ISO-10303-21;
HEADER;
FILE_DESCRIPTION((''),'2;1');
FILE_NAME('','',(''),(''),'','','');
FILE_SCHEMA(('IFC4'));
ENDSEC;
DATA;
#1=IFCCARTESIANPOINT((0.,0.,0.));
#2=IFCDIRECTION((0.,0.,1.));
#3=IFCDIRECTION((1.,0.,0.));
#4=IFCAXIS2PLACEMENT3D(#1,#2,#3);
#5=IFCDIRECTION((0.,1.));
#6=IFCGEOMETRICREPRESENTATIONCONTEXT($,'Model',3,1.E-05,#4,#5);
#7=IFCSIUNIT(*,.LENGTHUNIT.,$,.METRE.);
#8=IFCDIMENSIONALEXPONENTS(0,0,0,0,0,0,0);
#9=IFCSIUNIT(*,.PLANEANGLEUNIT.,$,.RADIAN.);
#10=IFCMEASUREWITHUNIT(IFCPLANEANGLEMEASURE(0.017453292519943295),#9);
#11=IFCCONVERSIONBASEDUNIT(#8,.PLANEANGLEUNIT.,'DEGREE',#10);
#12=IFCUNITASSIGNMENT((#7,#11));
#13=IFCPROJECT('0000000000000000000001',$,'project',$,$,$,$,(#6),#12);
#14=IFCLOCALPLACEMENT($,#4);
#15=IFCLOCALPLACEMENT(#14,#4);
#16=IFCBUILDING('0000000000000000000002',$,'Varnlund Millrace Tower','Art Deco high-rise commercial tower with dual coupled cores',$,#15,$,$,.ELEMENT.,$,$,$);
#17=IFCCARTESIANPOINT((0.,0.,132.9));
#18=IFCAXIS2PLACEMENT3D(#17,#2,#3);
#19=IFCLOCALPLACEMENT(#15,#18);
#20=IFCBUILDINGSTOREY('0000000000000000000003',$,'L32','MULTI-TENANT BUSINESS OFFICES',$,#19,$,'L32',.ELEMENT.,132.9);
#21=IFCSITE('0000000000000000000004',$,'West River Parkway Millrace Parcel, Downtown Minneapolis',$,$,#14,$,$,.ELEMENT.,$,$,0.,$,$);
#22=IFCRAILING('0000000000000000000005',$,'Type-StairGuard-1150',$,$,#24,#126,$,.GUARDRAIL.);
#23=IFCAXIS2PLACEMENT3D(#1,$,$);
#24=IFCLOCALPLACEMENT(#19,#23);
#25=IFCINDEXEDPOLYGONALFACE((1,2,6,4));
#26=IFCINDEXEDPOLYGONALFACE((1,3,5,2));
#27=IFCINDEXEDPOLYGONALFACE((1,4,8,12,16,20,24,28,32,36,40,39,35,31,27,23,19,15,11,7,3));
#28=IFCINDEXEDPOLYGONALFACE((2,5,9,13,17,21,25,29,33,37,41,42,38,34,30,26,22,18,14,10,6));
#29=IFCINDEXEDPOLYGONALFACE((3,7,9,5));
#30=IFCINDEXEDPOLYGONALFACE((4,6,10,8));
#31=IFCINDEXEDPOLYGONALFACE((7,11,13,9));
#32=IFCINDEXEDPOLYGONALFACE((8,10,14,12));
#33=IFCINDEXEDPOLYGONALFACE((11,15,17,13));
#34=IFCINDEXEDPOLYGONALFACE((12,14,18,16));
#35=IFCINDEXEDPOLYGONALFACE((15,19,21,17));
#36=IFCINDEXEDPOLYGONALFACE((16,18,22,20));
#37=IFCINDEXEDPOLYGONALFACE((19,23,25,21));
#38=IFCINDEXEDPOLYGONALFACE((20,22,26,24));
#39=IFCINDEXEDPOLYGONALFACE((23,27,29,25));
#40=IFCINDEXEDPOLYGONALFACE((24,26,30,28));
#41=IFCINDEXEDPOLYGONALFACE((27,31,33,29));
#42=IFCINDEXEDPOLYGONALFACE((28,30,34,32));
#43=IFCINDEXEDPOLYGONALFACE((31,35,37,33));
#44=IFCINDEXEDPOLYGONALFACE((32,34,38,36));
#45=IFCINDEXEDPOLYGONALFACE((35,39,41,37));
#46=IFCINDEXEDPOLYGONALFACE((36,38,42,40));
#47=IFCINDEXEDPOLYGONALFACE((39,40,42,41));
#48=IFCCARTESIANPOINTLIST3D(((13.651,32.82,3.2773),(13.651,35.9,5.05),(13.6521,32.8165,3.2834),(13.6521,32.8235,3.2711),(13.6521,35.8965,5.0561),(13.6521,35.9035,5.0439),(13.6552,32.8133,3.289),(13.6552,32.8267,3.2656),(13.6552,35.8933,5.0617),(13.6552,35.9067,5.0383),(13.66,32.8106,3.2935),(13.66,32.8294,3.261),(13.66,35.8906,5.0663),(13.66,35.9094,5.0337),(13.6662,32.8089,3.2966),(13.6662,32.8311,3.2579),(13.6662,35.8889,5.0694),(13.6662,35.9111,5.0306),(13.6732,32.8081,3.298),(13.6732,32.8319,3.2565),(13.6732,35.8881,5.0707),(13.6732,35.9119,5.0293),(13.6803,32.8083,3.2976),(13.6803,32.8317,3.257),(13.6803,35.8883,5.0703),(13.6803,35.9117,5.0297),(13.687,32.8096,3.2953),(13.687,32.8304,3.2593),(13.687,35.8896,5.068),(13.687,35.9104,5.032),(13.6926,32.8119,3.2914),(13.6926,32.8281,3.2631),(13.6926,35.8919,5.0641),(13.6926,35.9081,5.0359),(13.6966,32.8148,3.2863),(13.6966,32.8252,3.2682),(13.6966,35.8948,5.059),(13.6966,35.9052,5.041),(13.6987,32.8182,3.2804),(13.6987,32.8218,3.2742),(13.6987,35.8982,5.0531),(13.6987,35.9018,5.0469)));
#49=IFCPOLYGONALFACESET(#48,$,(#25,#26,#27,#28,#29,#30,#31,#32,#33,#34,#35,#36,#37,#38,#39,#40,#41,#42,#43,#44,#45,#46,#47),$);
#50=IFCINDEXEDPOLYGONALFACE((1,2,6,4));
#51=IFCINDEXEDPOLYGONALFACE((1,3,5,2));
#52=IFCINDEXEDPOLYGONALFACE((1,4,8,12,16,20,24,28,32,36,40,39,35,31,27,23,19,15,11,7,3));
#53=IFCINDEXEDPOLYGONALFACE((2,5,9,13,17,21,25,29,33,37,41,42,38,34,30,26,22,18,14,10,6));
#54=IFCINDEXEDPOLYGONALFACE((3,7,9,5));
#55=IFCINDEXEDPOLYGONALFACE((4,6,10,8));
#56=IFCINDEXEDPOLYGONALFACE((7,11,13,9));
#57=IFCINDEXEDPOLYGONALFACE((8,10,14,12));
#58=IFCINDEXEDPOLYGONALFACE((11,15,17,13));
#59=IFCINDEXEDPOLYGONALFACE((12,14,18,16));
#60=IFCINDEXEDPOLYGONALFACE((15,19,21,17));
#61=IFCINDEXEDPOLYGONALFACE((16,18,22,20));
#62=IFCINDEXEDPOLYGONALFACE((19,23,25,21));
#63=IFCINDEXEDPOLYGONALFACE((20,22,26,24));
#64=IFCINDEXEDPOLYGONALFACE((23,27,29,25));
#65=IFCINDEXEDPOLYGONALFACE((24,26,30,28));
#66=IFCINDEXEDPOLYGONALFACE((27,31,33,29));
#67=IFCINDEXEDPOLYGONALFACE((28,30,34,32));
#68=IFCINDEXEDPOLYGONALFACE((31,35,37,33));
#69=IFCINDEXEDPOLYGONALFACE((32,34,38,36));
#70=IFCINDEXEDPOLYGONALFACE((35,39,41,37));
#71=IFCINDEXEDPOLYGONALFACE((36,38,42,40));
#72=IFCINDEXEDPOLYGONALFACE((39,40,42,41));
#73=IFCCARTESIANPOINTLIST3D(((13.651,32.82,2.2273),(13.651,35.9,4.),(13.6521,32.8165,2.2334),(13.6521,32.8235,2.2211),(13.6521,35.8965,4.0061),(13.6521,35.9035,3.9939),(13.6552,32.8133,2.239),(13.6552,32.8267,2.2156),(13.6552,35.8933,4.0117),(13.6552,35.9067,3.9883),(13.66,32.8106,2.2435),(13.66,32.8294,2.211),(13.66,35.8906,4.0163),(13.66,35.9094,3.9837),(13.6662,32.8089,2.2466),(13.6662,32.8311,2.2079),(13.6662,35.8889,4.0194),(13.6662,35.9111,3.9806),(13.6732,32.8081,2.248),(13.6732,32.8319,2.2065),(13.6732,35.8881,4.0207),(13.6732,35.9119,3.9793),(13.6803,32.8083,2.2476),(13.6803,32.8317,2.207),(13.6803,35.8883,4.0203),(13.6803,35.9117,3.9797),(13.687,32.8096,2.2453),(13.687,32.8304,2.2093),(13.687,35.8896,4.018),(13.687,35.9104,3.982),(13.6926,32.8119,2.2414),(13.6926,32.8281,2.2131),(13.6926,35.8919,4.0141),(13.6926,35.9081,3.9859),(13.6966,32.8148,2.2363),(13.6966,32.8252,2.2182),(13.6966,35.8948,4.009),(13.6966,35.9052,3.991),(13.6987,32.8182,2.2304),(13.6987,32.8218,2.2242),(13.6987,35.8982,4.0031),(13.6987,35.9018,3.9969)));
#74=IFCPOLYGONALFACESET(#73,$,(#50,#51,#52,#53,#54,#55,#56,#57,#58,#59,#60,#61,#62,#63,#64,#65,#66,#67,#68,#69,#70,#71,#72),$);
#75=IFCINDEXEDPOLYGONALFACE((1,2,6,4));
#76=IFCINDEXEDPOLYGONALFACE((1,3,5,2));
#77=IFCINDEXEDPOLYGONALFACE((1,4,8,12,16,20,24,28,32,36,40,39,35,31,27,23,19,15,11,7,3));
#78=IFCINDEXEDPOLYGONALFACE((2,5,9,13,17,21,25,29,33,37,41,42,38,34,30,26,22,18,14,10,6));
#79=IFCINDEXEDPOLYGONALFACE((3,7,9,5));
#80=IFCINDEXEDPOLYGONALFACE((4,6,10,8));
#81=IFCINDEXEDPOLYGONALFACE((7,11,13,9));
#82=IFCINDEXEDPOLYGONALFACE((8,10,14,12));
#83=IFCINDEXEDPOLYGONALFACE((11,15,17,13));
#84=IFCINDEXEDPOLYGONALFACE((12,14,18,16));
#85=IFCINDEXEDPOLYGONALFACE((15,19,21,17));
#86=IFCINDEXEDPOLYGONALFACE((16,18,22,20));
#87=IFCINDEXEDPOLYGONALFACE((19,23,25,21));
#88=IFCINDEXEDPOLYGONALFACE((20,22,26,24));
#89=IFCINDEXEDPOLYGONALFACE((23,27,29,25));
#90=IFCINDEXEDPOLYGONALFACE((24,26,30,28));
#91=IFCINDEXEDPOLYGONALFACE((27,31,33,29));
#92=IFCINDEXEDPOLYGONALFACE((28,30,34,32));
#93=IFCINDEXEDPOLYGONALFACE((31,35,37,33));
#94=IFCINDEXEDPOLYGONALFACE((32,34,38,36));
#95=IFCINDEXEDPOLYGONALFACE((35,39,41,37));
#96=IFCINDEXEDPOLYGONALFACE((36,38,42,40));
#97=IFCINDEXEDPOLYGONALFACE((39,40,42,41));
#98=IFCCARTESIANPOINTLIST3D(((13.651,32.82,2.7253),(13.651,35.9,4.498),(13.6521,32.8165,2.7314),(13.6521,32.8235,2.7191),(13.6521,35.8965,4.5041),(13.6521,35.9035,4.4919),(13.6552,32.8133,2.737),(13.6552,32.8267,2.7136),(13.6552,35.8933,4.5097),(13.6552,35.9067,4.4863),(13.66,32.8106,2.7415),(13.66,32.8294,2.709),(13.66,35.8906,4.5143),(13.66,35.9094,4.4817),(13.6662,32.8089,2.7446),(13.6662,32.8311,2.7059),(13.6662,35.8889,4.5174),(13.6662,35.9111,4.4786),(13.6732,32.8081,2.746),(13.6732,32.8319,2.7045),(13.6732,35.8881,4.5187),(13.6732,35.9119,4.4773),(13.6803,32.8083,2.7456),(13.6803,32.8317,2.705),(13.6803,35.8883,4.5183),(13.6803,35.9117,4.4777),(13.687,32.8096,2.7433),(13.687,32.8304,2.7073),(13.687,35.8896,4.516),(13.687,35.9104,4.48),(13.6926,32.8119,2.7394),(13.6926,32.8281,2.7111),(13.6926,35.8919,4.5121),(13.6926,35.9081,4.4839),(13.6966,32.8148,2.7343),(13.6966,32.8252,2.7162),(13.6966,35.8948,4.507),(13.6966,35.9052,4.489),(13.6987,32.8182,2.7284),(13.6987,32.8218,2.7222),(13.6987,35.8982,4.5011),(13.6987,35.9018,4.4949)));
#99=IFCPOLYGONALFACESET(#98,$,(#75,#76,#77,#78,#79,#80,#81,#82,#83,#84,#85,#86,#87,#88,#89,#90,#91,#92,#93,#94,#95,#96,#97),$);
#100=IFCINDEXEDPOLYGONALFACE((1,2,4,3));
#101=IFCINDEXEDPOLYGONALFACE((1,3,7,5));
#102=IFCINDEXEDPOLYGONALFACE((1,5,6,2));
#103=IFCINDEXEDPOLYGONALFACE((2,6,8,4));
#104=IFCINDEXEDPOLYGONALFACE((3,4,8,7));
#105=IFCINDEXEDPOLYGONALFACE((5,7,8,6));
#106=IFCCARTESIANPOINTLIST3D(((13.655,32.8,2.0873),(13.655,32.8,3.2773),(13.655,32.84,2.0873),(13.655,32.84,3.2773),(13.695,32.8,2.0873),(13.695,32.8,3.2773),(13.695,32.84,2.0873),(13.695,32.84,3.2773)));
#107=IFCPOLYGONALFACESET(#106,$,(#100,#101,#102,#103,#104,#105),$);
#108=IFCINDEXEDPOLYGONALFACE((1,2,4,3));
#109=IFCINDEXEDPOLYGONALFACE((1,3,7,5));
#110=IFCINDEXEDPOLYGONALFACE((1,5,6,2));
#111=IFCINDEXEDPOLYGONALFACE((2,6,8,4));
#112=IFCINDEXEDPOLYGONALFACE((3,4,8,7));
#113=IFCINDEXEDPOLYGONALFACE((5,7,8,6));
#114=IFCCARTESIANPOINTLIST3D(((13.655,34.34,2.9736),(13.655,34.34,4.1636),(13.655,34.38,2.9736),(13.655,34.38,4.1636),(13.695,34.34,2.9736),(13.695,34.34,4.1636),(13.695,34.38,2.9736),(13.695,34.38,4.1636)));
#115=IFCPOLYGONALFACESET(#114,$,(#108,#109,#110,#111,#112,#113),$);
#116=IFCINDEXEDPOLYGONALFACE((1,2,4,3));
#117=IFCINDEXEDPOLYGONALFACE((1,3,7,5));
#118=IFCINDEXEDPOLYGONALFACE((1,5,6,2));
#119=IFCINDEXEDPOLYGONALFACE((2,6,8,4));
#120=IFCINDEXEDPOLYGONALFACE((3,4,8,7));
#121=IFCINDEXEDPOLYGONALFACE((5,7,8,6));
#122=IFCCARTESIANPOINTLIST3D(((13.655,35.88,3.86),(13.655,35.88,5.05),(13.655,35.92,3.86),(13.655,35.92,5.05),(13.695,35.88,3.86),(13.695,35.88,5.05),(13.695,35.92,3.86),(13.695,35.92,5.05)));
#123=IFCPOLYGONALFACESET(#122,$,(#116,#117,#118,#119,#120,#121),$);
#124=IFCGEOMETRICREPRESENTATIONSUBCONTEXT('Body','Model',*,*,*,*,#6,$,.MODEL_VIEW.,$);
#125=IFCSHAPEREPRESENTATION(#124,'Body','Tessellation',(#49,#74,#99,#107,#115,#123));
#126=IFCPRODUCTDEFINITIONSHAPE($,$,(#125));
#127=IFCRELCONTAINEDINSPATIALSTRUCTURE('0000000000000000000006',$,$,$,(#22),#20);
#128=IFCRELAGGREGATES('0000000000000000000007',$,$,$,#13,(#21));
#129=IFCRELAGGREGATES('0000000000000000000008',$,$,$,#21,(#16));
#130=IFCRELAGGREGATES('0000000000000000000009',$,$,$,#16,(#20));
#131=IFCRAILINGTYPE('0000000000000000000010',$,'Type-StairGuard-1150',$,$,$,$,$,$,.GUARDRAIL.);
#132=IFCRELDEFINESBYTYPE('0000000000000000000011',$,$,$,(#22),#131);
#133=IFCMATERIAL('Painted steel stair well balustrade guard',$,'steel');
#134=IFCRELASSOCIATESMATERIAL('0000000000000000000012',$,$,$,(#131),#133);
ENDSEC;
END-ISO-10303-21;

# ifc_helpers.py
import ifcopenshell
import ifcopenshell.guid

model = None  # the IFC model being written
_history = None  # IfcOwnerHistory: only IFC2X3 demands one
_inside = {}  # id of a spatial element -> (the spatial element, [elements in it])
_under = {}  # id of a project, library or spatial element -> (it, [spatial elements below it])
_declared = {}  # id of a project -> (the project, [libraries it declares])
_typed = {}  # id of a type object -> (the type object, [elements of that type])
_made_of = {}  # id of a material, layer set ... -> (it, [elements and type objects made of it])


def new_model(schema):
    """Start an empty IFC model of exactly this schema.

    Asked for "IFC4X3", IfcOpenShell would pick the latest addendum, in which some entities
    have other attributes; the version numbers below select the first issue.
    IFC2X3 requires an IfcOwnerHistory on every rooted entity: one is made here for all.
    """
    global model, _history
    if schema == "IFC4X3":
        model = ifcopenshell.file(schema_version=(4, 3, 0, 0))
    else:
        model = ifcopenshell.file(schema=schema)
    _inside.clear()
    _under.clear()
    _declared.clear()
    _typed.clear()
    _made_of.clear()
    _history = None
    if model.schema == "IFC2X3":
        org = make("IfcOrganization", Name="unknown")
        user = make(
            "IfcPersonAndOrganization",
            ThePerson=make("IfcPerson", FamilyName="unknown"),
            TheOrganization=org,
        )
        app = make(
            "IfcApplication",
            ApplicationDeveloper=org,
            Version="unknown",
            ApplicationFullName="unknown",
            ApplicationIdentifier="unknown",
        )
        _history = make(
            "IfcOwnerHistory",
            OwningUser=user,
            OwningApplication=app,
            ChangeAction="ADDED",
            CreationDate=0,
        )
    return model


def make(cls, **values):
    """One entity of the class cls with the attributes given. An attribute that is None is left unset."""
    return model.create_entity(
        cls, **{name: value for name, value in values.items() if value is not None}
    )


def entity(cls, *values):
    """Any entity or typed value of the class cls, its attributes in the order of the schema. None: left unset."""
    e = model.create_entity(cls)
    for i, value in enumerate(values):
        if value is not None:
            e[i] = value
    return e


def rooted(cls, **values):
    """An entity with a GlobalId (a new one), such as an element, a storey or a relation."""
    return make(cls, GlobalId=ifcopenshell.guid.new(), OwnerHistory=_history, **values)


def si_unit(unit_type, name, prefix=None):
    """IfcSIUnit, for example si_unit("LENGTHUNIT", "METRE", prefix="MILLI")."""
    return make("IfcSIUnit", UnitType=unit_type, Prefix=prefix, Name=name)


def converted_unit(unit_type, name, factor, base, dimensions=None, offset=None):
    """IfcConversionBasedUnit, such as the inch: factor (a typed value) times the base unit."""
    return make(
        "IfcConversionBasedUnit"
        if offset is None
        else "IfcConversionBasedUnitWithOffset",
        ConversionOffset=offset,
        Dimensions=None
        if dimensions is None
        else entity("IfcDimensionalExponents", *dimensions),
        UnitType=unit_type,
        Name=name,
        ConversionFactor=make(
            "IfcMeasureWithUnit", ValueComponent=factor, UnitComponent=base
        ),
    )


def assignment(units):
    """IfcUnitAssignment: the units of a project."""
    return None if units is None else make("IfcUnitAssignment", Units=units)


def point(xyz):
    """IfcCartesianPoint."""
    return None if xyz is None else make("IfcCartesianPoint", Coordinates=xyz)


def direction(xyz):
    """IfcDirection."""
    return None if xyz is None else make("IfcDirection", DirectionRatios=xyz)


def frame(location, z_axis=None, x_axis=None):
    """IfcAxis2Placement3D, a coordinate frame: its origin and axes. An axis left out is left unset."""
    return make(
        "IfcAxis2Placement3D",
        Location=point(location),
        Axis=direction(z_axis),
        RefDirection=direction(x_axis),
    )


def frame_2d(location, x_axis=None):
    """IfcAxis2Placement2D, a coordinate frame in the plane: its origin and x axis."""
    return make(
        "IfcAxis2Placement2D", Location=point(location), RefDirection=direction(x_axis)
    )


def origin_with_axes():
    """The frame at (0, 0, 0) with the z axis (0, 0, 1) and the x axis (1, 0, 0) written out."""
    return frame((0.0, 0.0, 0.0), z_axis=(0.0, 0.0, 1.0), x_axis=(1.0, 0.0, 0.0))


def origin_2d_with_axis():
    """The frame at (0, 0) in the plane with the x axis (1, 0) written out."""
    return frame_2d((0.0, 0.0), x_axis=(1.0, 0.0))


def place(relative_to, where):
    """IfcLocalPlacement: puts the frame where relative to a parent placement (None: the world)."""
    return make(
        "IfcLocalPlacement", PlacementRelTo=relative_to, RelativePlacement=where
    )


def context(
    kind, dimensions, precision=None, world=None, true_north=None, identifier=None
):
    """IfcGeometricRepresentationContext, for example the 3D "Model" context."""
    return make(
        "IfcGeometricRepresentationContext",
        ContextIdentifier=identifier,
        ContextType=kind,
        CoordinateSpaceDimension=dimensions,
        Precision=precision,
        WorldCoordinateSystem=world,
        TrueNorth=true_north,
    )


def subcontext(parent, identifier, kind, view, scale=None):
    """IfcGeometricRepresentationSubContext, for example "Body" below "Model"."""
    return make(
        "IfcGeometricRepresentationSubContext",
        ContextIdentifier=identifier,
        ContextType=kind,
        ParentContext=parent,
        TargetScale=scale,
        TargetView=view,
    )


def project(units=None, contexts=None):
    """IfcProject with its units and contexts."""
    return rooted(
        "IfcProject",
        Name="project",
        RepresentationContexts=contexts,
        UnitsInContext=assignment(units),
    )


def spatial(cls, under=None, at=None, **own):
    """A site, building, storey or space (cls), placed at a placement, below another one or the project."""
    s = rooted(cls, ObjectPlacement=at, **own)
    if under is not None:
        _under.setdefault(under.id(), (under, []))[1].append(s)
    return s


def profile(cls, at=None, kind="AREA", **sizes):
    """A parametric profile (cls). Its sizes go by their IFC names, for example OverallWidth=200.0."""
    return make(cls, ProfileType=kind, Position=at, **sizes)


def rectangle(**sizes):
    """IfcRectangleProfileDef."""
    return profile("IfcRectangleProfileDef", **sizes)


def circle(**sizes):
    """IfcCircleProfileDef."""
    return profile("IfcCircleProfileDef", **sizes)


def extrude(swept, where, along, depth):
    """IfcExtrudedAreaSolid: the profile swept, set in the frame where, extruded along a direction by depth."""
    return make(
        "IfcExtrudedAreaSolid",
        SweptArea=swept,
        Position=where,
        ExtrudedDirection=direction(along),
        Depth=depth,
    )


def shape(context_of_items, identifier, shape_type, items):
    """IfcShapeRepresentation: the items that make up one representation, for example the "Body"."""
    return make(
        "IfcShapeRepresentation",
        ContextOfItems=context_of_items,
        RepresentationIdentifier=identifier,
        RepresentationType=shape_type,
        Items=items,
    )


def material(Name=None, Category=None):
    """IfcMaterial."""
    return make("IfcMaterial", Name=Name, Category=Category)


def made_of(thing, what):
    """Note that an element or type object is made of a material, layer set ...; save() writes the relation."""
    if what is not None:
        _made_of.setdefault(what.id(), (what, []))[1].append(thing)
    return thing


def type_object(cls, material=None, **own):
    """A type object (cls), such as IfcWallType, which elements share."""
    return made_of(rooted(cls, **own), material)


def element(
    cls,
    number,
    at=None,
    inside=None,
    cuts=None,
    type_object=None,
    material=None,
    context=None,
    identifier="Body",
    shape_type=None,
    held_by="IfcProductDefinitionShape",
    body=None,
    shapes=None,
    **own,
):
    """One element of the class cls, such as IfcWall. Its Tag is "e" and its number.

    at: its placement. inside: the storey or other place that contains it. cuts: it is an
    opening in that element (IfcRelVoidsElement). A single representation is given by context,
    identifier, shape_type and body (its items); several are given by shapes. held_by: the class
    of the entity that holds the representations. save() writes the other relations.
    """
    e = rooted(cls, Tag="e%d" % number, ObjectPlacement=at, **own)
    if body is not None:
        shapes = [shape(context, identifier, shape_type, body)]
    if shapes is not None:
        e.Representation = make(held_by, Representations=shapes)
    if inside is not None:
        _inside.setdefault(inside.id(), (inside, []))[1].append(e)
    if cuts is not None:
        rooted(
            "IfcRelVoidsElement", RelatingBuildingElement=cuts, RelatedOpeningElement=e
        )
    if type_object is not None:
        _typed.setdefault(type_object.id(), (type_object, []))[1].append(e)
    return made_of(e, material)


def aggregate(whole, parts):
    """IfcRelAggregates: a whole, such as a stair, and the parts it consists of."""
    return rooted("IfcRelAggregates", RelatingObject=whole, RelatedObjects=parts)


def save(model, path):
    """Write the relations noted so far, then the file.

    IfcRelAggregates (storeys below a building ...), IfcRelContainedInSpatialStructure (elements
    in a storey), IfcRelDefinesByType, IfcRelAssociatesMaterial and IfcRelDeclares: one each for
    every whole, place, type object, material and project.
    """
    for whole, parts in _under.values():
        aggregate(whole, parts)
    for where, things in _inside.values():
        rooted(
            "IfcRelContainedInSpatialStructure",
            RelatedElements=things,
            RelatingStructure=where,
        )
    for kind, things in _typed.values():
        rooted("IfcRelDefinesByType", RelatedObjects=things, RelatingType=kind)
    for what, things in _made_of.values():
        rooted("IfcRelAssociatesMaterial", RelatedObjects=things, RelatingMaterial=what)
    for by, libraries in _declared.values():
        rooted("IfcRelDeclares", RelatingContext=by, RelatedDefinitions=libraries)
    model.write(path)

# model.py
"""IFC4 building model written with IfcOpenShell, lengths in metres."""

from ifc_helpers import new_model, entity, si_unit, converted_unit, direction, frame, origin_with_axes, origin_2d_with_axis, place, context, subcontext, project, spatial, rectangle, circle, extrude, material, type_object, element, save


model = new_model("IFC4")

# Units and contexts
model_context = context("Model", 3, precision=1e-05, world=origin_with_axes(), true_north=direction((0.0, 1.0)))
body_context = subcontext(model_context, "Body", "Model", "MODEL_VIEW")
ifc_project = project(units=[si_unit("LENGTHUNIT", "METRE"), converted_unit("PLANEANGLEUNIT", "DEGREE", entity("IfcPlaneAngleMeasure", 0.017453292519943295), si_unit("PLANEANGLEUNIT", "RADIAN"), dimensions=[0, 0, 0, 0, 0, 0, 0])], contexts=[model_context])

# Site, building, storey
site_placement = place(None, origin_with_axes())
site = spatial("IfcSite", under=ifc_project, at=site_placement, Name="West River Parkway Millrace Parcel, Downtown Minneapolis", CompositionType="ELEMENT", RefElevation=0.0)
building_placement = place(site_placement, origin_with_axes())
building = spatial("IfcBuilding", under=site, at=building_placement, Name="Varnlund Millrace Tower", Description="Art Deco high-rise commercial tower with dual coupled cores", CompositionType="ELEMENT")
storey_placement = place(building_placement, frame((0.0, 0.0, 132.9), z_axis=(0.0, 0.0, 1.0), x_axis=(1.0, 0.0, 0.0)))
storey = spatial("IfcBuildingStorey", under=building, at=storey_placement, Name="L32", Description="MULTI-TENANT BUSINESS OFFICES", LongName="L32", CompositionType="ELEMENT", Elevation=132.9)

# Railing
ifc_material_1 = material(Name="Painted steel stair well balustrade guard", Category="steel")
railing_type_1 = type_object("IfcRailingType", Name="Type-StairGuard-1150", PredefinedType="GUARDRAIL", material=ifc_material_1)
railing_1_placement = place(storey_placement, frame((0.0, 0.0, -132.9), z_axis=(0.0, 0.0, 1.0), x_axis=(1.0, 0.0, 0.0)))
element("IfcRailing", 1, at=railing_1_placement, inside=storey, type_object=railing_type_1, Name="Type-StairGuard-1150", PredefinedType="GUARDRAIL", context=body_context, shape_type="SweptSolid", body=[
    extrude(circle(Radius=0.024, at=origin_2d_with_axis()), frame((13.675, 32.82, 136.1773), z_axis=(0.0, 0.866696, 0.498836), x_axis=(-1.0, 0.0, 0.0)), (0.0, 0.0, 1.0), 3.5537),
    extrude(circle(Radius=0.024, at=origin_2d_with_axis()), frame((13.675, 32.82, 135.1273), z_axis=(0.0, 0.866696, 0.498836), x_axis=(-1.0, 0.0, 0.0)), (0.0, 0.0, 1.0), 3.5537),
    extrude(circle(Radius=0.024, at=origin_2d_with_axis()), frame((13.675, 32.82, 135.6253), z_axis=(0.0, 0.866696, 0.498836), x_axis=(-1.0, 0.0, 0.0)), (0.0, 0.0, 1.0), 3.5537),
    extrude(rectangle(XDim=0.04, YDim=0.04, at=origin_2d_with_axis()), frame((13.675, 32.82, 134.9873), z_axis=(0.0, 0.0, 1.0), x_axis=(1.0, 0.0, 0.0)), (0.0, 0.0, 1.0), 1.19),
    extrude(rectangle(XDim=0.04, YDim=0.04, at=origin_2d_with_axis()), frame((13.675, 34.36, 135.8736), z_axis=(0.0, 0.0, 1.0), x_axis=(1.0, 0.0, 0.0)), (0.0, 0.0, 1.0), 1.19),
    extrude(rectangle(XDim=0.04, YDim=0.04, at=origin_2d_with_axis()), frame((13.675, 35.9, 136.76), z_axis=(0.0, 0.0, 1.0), x_axis=(1.0, 0.0, 0.0)), (0.0, 0.0, 1.0), 1.19),
])

save(model, "model.ifc")
